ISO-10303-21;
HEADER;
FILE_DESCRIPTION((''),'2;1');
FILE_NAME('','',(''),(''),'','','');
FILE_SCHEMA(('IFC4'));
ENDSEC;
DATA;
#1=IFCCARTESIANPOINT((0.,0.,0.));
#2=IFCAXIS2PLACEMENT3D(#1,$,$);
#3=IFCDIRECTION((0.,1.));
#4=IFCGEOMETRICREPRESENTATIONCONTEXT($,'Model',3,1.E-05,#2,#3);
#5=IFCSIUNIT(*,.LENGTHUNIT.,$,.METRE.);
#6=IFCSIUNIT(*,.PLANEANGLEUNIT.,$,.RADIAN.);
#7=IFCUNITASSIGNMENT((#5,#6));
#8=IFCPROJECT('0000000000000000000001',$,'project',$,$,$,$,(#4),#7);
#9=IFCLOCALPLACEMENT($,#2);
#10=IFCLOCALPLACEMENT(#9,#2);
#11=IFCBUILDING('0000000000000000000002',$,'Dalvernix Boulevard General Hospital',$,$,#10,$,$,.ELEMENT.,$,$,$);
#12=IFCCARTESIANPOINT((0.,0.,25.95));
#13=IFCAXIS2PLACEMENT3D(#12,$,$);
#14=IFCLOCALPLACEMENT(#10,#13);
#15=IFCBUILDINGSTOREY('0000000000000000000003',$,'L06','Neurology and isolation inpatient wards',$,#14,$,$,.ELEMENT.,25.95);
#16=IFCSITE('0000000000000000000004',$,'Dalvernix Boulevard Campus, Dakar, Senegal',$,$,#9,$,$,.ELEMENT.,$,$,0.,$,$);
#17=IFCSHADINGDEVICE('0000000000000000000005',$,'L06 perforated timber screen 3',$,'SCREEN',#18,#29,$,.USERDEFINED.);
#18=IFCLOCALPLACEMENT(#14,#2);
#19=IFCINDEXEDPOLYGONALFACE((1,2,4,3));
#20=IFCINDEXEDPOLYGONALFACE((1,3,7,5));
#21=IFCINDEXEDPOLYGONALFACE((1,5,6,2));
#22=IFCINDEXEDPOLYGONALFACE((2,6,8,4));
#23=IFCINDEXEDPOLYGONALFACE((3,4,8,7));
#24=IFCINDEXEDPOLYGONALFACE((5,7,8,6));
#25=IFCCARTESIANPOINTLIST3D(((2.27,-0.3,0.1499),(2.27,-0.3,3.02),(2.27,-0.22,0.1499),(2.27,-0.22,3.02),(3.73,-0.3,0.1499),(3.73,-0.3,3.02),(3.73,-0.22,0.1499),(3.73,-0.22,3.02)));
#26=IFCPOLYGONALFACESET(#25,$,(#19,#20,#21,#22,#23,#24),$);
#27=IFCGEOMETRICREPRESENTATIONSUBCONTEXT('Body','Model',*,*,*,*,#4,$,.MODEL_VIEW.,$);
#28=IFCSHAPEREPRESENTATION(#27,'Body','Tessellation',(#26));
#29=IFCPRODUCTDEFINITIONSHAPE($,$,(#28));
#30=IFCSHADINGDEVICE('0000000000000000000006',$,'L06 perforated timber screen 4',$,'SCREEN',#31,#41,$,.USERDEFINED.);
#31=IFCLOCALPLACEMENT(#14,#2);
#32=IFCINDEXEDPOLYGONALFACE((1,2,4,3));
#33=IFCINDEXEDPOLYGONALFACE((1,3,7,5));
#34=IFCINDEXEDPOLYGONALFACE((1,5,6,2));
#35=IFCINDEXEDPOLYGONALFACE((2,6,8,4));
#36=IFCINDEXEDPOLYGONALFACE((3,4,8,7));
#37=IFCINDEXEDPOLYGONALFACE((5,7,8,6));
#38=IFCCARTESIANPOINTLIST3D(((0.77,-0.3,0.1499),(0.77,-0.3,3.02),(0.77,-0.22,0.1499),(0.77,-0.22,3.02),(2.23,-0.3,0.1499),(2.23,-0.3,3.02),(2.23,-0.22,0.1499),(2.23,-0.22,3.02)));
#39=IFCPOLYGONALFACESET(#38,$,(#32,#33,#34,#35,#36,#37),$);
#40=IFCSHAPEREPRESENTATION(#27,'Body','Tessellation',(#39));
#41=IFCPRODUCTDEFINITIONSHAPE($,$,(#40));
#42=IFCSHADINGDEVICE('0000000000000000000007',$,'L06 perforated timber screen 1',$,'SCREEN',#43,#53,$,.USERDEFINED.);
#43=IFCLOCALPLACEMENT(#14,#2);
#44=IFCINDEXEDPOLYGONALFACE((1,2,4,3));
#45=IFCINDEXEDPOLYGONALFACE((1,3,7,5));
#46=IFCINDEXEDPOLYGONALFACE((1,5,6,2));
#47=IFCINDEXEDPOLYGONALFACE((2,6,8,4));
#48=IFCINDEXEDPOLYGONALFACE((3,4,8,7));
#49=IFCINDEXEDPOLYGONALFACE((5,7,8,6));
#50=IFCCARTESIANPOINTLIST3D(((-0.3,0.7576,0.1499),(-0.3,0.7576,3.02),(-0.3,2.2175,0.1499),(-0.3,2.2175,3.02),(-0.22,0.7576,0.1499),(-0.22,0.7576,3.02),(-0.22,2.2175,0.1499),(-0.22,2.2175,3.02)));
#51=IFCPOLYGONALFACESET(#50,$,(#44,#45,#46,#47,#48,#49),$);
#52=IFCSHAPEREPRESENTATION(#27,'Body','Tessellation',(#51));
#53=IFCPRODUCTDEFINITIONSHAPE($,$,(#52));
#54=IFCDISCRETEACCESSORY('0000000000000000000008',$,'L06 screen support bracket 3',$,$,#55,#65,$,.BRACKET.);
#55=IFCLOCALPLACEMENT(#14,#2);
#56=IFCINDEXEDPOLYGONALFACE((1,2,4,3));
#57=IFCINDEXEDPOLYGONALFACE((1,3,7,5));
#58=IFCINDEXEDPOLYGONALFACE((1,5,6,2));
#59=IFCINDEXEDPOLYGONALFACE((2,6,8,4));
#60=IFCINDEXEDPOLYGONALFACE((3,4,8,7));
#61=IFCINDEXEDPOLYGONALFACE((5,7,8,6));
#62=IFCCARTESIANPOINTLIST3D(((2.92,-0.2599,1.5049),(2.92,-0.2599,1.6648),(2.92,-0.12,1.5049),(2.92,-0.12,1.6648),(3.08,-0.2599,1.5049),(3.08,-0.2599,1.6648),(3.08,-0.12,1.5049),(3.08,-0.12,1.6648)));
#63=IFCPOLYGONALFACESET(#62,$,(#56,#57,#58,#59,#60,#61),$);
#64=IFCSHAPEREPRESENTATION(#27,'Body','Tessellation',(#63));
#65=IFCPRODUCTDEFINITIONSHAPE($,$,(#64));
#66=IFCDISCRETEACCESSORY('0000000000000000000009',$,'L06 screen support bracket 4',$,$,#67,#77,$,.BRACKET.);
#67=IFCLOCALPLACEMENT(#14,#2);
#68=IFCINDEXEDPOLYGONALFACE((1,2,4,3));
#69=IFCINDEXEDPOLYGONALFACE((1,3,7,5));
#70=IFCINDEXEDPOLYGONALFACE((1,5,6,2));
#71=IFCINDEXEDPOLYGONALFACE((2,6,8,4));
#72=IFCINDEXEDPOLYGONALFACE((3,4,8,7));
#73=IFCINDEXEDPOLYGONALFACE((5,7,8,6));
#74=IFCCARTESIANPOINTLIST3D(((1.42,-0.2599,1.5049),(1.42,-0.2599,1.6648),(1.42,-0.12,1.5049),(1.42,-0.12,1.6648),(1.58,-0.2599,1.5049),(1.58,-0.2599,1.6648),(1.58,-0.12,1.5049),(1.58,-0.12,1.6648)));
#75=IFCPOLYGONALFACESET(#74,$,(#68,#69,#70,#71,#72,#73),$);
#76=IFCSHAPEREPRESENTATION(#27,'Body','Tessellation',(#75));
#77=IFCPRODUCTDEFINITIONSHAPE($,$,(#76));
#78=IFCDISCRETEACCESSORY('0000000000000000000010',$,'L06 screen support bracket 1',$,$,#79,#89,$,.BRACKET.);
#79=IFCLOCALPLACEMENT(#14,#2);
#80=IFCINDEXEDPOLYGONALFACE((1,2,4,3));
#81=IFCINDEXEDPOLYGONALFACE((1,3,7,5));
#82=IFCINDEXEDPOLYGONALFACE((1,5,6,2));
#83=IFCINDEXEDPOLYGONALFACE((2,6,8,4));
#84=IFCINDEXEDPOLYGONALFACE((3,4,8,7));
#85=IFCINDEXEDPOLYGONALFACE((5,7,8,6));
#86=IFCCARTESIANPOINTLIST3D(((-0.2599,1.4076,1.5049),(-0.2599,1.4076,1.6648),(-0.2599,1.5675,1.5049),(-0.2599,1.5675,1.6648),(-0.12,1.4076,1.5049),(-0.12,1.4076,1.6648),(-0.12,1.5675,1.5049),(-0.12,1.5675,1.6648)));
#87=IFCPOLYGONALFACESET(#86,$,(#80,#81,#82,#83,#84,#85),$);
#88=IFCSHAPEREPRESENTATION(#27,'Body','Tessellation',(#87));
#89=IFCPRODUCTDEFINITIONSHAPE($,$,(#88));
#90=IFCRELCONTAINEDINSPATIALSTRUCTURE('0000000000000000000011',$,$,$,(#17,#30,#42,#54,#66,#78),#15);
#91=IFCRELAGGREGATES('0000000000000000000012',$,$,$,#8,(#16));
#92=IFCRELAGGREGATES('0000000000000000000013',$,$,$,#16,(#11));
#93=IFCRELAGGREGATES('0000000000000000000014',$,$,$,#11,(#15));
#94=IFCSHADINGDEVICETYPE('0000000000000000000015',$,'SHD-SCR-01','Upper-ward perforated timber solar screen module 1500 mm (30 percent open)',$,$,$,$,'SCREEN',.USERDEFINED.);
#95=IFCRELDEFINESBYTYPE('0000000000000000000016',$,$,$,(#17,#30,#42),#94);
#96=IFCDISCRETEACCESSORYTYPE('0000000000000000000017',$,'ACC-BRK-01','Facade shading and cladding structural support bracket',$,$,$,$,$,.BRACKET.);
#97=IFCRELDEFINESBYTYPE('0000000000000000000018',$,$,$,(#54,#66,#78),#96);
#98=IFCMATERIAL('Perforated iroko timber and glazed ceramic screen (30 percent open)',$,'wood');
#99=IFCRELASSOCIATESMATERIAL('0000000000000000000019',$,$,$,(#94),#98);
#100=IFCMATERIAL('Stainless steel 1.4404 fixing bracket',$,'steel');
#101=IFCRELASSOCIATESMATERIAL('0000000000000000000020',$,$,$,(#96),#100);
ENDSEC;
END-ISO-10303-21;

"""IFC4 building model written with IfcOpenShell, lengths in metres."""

from ifc_helpers import new_model, si_unit, direction, frame, origin, origin_2d, place, context, subcontext, project, spatial, rectangle, extrude, material, type_object, element, save


model = new_model("IFC4")

# Units and contexts
model_context = context("Model", 3, precision=1e-05, world=origin(), true_north=direction((0.0, 1.0)))
body_context = subcontext(model_context, "Body", "Model", "MODEL_VIEW")
ifc_project = project(units=[si_unit("LENGTHUNIT", "METRE"), si_unit("PLANEANGLEUNIT", "RADIAN")], contexts=[model_context])

# Site, building, storey
site_placement = place(None, origin())
site = spatial("IfcSite", under=ifc_project, at=site_placement, Name="Dalvernix Boulevard Campus, Dakar, Senegal", CompositionType="ELEMENT", RefElevation=0.0)
building_placement = place(site_placement, origin())
building = spatial("IfcBuilding", under=site, at=building_placement, Name="Dalvernix Boulevard General Hospital", CompositionType="ELEMENT")
storey_placement = place(building_placement, frame((0.0, 0.0, 25.95)))
storey = spatial("IfcBuildingStorey", under=building, at=storey_placement, Name="L06", Description="Neurology and isolation inpatient wards", CompositionType="ELEMENT", Elevation=25.95)

# Shading devices
ifc_material_1 = material(Name="Perforated iroko timber and glazed ceramic screen (30 percent open)", Category="wood")
shading_device_type = type_object("IfcShadingDeviceType", Name="SHD-SCR-01", Description="Upper-ward perforated timber solar screen module 1500 mm (30 percent open)", ElementType="SCREEN", PredefinedType="USERDEFINED", material=ifc_material_1)
for number, where, z_axis, x_axis, name in (
    (1, (3.0, -0.26, 0.1499), (0.0, 0.0, 1.0), (-1.0, 0.0, 0.0), "L06 perforated timber screen 3"),
    (2, (1.5, -0.26, 0.1499), (0.0, 0.0, 1.0), (-1.0, 0.0, 0.0), "L06 perforated timber screen 4"),
    (3, (-0.26, 1.4875, 0.1499), (0.0, 0.0, 1.0), (0.0, 1.0, 0.0), "L06 perforated timber screen 1"),
):
    element("IfcShadingDevice", number, at=place(storey_placement, frame(where, z_axis=z_axis, x_axis=x_axis)), inside=storey, type_object=shading_device_type, Name=name, ObjectType="SCREEN", PredefinedType="USERDEFINED", context=body_context, shape_type="SweptSolid", body=[
        extrude(rectangle(XDim=1.46, YDim=0.0801, at=origin_2d()), origin(), (0.0, 0.0, 1.0), 2.8701),
    ])

# Discrete accessories
ifc_material_2 = material(Name="Stainless steel 1.4404 fixing bracket", Category="steel")
discrete_accessory_type = type_object("IfcDiscreteAccessoryType", Name="ACC-BRK-01", Description="Facade shading and cladding structural support bracket", PredefinedType="BRACKET", material=ifc_material_2)
for number, where, z_axis, x_axis, name in (
    (4, (3.0, -0.1899, 1.5049), (0.0, 0.0, 1.0), (-1.0, 0.0, 0.0), "L06 screen support bracket 3"),
    (5, (1.5, -0.1899, 1.5049), (0.0, 0.0, 1.0), (-1.0, 0.0, 0.0), "L06 screen support bracket 4"),
    (6, (-0.1899, 1.4875, 1.5049), (0.0, 0.0, 1.0), (0.0, 1.0, 0.0), "L06 screen support bracket 1"),
):
    element("IfcDiscreteAccessory", number, at=place(storey_placement, frame(where, z_axis=z_axis, x_axis=x_axis)), inside=storey, type_object=discrete_accessory_type, Name=name, PredefinedType="BRACKET", context=body_context, shape_type="SweptSolid", body=[
        extrude(rectangle(XDim=0.1599, YDim=0.1399, at=origin_2d()), origin(), (0.0, 0.0, 1.0), 0.1599),
    ])

save(model, "model.ifc")
